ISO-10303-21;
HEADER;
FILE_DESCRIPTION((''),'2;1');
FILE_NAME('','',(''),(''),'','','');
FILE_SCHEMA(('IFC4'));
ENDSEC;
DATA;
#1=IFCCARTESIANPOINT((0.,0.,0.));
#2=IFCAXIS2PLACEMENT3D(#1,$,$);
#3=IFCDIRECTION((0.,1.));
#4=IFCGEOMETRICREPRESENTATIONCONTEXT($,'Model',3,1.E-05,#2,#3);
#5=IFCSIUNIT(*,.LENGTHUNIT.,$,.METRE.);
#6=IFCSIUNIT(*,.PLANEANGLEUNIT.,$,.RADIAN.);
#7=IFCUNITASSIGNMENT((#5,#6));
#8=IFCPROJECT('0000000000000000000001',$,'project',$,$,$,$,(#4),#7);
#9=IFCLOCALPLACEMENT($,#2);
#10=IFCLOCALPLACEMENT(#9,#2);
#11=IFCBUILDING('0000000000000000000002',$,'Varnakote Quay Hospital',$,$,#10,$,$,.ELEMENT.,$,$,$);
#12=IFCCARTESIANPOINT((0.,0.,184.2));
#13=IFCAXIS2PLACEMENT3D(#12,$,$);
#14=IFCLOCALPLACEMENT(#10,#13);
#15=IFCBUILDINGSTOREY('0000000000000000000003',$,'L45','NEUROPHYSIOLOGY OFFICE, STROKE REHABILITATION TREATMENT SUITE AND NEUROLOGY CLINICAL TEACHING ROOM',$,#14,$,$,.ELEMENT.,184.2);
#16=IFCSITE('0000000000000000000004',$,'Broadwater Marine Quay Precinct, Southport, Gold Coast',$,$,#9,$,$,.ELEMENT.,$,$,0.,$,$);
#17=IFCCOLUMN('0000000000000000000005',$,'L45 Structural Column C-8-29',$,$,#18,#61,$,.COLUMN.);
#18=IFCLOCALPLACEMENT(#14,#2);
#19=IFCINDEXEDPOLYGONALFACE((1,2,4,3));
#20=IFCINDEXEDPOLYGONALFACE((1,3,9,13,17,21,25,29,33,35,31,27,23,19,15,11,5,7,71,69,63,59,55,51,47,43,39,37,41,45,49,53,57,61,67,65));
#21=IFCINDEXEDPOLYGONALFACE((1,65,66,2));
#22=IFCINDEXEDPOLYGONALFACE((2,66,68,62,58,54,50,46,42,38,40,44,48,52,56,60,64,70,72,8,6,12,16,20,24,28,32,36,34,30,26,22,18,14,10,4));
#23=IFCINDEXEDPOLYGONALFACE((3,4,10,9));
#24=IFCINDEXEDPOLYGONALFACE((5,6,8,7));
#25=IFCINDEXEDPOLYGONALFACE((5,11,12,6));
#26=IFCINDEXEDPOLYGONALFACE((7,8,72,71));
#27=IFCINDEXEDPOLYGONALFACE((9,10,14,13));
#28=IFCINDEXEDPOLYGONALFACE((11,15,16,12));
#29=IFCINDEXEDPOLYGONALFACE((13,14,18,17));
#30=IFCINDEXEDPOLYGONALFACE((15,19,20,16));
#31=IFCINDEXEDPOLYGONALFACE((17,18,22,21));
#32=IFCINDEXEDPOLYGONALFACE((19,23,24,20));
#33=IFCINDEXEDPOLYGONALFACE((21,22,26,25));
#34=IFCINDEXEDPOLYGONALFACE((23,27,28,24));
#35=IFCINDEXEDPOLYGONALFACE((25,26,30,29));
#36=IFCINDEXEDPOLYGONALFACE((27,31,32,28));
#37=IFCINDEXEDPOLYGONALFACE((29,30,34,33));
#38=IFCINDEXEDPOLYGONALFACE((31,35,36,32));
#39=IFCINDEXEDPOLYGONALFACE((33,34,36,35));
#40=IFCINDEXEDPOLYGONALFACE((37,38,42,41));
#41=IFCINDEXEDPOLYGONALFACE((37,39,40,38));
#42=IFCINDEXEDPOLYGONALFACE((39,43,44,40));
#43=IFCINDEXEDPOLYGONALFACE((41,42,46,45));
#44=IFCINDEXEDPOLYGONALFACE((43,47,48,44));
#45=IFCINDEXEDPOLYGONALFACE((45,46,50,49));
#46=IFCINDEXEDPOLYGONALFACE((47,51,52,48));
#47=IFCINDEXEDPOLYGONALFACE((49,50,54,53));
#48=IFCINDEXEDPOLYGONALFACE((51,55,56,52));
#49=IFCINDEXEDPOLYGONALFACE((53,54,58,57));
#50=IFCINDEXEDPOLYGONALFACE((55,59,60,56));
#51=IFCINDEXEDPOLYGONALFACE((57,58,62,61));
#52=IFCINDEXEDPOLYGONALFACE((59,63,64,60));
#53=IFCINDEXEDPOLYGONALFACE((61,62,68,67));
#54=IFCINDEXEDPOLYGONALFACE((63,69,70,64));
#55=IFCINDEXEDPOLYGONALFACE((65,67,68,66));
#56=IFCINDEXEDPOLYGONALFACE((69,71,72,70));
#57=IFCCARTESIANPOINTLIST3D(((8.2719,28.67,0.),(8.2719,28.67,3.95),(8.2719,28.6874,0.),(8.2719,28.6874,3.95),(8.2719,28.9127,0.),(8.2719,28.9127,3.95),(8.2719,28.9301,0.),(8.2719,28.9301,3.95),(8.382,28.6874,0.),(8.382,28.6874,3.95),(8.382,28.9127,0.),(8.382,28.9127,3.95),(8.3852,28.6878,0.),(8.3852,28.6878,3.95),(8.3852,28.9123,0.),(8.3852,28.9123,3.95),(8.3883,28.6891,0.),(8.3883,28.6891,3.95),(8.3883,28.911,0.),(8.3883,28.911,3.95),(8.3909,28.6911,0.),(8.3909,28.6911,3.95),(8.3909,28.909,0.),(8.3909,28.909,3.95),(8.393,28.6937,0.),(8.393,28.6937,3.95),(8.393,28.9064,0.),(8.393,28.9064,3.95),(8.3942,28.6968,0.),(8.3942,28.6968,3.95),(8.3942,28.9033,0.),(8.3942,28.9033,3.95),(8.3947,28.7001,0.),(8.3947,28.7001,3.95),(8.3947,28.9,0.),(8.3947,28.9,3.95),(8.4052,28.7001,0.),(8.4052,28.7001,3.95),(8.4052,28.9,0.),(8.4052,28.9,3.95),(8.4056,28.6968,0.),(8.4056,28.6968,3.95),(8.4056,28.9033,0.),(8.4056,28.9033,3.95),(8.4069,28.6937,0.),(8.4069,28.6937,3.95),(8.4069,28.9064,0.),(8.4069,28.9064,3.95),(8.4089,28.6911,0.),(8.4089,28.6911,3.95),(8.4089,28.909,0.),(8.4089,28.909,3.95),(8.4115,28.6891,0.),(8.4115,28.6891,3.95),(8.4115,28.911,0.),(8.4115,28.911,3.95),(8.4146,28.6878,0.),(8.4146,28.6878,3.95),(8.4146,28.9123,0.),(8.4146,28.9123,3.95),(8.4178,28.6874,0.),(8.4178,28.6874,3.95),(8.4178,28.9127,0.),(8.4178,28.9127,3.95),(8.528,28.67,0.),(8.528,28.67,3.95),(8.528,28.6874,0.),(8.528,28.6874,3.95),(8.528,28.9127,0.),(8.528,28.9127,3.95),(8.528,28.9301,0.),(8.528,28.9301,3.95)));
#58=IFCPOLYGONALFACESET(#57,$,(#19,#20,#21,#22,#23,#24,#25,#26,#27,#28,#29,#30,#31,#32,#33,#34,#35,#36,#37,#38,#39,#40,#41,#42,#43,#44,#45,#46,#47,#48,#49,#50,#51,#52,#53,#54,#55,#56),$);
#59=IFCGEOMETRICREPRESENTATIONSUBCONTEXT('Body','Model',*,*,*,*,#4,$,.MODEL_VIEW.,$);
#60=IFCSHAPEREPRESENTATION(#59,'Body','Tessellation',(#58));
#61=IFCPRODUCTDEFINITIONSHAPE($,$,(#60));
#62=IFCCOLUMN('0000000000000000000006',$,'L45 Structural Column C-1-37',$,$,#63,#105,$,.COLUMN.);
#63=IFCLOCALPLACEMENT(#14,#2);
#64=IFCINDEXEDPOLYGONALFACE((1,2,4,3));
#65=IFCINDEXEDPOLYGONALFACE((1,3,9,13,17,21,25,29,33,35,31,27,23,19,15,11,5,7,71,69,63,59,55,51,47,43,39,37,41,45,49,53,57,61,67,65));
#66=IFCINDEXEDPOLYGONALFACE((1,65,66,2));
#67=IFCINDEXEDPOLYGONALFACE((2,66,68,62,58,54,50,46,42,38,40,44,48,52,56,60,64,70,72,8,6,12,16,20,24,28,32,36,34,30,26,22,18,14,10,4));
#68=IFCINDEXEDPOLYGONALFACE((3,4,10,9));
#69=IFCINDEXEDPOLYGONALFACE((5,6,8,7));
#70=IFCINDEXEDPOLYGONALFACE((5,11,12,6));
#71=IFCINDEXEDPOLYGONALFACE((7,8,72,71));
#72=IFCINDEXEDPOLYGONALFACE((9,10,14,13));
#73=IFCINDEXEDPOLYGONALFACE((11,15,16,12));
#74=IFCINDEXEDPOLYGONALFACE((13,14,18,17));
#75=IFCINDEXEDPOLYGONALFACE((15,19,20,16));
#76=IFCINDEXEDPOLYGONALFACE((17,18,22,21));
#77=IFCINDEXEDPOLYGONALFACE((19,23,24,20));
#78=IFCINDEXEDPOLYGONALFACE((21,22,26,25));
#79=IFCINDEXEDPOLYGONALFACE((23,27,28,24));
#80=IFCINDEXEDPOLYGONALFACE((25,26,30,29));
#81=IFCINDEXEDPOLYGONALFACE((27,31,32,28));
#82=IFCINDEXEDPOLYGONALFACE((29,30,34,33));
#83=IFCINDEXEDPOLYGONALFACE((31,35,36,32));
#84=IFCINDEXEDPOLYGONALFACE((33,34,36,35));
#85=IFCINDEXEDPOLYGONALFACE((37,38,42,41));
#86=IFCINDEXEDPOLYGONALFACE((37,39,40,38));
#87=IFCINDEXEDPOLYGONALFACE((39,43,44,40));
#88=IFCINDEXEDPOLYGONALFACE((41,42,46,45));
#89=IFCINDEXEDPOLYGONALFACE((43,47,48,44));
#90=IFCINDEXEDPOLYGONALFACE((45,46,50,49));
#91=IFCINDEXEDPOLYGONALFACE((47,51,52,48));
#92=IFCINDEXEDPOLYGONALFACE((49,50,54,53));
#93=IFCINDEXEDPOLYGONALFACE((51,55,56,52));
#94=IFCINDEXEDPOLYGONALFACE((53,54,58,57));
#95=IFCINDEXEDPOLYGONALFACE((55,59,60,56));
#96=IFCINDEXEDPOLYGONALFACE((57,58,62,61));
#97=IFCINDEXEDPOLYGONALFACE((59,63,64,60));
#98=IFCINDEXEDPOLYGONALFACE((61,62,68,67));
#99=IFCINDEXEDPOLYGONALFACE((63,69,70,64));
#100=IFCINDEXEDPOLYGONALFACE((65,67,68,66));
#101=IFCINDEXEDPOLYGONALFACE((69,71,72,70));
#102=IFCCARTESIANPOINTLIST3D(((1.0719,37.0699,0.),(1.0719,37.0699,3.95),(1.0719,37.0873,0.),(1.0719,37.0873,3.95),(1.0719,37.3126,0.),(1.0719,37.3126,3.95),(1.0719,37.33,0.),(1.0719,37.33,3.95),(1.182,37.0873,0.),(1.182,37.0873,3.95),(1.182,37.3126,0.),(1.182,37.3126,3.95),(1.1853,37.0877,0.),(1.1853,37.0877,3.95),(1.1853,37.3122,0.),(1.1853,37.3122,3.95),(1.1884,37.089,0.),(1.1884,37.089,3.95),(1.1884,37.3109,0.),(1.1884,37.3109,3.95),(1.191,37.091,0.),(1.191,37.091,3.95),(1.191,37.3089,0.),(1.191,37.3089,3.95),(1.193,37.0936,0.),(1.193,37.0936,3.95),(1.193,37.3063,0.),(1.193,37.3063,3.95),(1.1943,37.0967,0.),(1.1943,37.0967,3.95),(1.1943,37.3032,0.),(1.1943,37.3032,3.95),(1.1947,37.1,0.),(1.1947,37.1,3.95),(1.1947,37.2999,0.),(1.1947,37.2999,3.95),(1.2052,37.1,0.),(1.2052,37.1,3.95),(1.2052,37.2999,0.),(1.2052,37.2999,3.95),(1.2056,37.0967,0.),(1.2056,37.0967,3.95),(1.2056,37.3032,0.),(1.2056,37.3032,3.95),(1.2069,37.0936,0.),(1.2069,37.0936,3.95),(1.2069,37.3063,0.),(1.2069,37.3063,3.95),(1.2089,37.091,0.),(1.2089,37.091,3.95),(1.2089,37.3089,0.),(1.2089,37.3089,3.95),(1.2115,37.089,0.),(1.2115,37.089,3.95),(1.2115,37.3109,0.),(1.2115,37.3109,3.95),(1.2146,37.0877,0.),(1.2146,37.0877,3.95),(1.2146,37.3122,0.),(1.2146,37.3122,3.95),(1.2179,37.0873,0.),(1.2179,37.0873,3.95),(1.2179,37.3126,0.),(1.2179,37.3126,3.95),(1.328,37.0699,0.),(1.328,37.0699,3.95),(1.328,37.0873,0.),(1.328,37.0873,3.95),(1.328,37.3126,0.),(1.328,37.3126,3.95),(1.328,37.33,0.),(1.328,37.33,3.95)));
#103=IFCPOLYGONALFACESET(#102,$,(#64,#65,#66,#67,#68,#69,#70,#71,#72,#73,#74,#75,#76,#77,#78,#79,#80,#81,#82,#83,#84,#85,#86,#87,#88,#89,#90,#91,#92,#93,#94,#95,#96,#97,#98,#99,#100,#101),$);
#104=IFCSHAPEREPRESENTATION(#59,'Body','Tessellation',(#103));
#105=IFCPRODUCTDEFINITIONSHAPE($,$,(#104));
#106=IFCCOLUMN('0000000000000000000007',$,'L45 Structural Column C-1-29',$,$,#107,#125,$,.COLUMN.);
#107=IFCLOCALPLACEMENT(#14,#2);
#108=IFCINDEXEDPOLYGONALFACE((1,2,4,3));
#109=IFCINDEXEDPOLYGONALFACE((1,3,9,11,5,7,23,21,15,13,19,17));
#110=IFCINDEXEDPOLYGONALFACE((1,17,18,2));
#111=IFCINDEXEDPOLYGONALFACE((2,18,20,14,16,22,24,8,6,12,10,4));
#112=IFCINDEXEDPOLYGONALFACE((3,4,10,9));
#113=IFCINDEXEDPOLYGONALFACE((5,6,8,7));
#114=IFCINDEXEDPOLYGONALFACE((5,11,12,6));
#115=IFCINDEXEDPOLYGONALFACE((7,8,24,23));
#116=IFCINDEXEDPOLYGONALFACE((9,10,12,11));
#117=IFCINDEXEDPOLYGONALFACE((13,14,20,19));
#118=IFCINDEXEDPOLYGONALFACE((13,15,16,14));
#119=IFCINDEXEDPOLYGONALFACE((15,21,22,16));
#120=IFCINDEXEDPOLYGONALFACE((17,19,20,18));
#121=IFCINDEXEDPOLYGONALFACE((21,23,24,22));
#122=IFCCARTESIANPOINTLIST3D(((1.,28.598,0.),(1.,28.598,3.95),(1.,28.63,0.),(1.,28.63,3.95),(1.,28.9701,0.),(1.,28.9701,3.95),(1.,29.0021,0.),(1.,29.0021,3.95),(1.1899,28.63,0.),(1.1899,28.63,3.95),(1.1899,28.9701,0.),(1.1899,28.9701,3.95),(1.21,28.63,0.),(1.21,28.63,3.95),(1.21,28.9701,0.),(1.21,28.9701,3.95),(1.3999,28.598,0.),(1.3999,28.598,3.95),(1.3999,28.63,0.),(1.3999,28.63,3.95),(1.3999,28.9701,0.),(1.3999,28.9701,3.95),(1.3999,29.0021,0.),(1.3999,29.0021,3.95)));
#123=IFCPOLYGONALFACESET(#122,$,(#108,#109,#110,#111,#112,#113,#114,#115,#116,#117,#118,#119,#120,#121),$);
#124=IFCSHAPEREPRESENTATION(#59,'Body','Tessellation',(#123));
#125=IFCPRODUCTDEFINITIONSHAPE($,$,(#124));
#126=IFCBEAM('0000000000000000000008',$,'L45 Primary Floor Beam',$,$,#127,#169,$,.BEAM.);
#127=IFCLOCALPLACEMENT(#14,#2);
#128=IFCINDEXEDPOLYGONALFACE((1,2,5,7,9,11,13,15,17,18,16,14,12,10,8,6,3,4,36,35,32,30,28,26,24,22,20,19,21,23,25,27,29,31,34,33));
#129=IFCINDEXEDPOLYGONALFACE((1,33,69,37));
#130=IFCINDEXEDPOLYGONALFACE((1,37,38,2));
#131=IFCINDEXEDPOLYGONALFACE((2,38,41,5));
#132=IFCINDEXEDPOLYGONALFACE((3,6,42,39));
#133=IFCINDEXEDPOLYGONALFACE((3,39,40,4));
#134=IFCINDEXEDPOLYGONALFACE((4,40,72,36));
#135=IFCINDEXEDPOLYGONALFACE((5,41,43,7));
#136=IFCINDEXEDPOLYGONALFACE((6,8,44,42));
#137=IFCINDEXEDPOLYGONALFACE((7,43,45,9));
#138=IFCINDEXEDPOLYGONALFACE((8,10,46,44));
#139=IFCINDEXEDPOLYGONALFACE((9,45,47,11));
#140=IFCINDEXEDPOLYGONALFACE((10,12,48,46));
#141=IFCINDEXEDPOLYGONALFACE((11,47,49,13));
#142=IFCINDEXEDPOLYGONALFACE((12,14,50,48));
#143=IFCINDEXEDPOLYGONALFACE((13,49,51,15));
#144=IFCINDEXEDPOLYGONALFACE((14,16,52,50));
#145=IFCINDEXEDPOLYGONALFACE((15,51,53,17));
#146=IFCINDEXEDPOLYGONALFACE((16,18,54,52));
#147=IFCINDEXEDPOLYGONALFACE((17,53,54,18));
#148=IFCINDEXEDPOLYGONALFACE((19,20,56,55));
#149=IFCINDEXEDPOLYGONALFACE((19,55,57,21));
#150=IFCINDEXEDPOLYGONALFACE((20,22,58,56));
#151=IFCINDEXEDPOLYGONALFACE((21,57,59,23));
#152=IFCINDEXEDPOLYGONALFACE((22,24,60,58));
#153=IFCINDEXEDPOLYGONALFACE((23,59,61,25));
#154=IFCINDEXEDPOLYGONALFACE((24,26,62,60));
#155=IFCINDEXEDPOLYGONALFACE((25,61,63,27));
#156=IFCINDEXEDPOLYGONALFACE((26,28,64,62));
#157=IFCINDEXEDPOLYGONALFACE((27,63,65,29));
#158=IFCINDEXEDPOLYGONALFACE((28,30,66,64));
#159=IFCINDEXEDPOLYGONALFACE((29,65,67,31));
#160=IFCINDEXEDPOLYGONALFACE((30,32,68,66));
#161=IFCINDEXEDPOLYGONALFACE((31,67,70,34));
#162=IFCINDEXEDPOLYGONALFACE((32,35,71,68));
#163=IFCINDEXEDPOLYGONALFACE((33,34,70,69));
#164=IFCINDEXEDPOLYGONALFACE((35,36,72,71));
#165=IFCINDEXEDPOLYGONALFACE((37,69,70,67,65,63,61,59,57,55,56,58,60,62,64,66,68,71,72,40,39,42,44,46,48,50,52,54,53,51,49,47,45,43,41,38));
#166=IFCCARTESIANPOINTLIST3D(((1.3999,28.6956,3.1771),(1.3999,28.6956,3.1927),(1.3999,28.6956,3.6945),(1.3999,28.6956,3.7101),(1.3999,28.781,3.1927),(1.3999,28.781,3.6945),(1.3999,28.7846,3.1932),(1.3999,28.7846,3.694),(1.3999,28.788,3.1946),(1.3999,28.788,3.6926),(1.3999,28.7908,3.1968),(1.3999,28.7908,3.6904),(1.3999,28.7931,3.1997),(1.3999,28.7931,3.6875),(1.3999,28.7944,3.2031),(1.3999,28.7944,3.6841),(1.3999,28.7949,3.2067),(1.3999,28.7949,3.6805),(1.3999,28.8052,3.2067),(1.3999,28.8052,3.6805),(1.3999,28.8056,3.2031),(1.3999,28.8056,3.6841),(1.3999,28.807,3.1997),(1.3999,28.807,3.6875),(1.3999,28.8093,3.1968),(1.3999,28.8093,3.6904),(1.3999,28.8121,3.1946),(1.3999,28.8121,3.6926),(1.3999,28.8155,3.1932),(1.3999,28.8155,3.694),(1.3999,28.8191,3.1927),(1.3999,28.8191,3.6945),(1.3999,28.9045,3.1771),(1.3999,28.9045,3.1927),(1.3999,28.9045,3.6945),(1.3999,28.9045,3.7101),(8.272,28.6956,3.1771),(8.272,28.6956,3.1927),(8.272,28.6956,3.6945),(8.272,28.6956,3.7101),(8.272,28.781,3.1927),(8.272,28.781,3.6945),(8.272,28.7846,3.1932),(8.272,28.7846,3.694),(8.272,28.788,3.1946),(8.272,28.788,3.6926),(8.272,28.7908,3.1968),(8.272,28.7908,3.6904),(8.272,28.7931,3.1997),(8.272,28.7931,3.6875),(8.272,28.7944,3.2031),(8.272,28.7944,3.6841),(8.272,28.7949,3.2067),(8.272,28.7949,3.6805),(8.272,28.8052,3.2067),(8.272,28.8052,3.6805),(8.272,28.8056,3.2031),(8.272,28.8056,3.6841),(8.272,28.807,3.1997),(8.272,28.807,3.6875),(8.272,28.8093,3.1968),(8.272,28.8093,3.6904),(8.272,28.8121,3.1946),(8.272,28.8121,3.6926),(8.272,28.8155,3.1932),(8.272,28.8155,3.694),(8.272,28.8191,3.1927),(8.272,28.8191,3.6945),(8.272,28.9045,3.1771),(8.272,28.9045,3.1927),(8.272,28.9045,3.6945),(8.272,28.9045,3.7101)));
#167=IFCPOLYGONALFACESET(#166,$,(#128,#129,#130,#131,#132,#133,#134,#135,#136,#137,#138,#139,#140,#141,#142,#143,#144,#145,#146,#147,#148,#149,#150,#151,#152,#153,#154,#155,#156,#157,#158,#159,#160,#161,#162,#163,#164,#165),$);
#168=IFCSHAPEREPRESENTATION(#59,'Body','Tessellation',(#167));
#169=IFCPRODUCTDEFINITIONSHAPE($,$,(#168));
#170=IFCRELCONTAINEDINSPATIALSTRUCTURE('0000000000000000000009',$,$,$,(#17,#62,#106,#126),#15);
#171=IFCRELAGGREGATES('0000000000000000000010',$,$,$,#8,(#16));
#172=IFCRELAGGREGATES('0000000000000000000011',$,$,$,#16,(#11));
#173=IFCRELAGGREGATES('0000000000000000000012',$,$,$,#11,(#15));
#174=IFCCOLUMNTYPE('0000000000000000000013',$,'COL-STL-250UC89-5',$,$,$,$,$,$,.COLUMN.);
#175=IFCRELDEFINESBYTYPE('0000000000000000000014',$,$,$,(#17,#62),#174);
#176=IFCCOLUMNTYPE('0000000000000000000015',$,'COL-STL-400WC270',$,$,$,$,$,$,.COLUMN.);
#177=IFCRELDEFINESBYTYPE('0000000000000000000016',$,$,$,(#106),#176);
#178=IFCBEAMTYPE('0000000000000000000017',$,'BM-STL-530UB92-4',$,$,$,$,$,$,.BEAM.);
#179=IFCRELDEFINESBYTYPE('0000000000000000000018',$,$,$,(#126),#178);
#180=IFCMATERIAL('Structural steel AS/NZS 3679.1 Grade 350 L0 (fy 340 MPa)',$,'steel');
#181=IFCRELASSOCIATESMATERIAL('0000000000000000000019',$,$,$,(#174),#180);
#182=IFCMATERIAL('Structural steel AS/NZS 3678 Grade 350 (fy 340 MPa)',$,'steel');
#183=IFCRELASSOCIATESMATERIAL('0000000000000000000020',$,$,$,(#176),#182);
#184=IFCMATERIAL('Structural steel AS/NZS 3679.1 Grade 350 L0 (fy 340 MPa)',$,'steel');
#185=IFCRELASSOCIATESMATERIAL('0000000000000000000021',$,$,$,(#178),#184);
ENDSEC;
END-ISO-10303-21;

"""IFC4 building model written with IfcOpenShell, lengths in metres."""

from ifc_helpers import new_model, si_unit, direction, frame, origin, origin_2d, place, context, subcontext, project, spatial, i_section, extrude, material, material_profile, profile_set, type_object, element, save


model = new_model("IFC4")

# Units and contexts
model_context = context("Model", 3, precision=1e-05, world=origin(), true_north=direction((0.0, 1.0)))
body_context = subcontext(model_context, "Body", "Model", "MODEL_VIEW")
ifc_project = project(units=[si_unit("LENGTHUNIT", "METRE"), si_unit("PLANEANGLEUNIT", "RADIAN")], contexts=[model_context])

# Site, building, storey
site_placement = place(None, origin())
site = spatial("IfcSite", under=ifc_project, at=site_placement, Name="Broadwater Marine Quay Precinct, Southport, Gold Coast", CompositionType="ELEMENT", RefElevation=0.0)
building_placement = place(site_placement, origin())
building = spatial("IfcBuilding", under=site, at=building_placement, Name="Varnakote Quay Hospital", CompositionType="ELEMENT")
storey_placement = place(building_placement, frame((0.0, 0.0, 184.2)))
storey = spatial("IfcBuildingStorey", under=building, at=storey_placement, Name="L45", Description="NEUROPHYSIOLOGY OFFICE, STROKE REHABILITATION TREATMENT SUITE AND NEUROLOGY CLINICAL TEACHING ROOM", CompositionType="ELEMENT", Elevation=184.2)

# Columns
ifc_material_1 = material(Name="Structural steel AS/NZS 3679.1 Grade 350 L0 (fy 340 MPa)", Category="steel")
ifc_material_profile_1 = material_profile(ifc_material_1, i_section(OverallWidth=0.2561, OverallDepth=0.26, WebThickness=0.0105, FlangeThickness=0.0173, FilletRadius=0.0127, at=origin_2d()), Name="250UC89.5")
ifc_profile_set_1 = profile_set([ifc_material_profile_1], Name="Structural steel AS/NZS 3679.1 Grade 350 L0 (fy 340 MPa)")
column_type_1 = type_object("IfcColumnType", Name="COL-STL-250UC89-5", PredefinedType="COLUMN", material=ifc_profile_set_1)
for number, where, z_axis, x_axis, name in (
    (1, (8.3999, 28.8, 0.0), (0.0, 0.0, 1.0), (1.0, 0.0, 0.0), "L45 Structural Column C-8-29"),
    (2, (1.2, 37.2, 0.0), (0.0, 0.0, 1.0), (1.0, 0.0, 0.0), "L45 Structural Column C-1-37"),
):
    element("IfcColumn", number, at=place(storey_placement, frame(where, z_axis=z_axis, x_axis=x_axis)), inside=storey, type_object=column_type_1, Name=name, PredefinedType="COLUMN", context=body_context, shape_type="SweptSolid", body=[
        extrude(i_section(OverallWidth=0.2561, OverallDepth=0.26, WebThickness=0.0105, FlangeThickness=0.0173, FilletRadius=0.0127, at=origin_2d()), origin(), (0.0, 0.0, 1.0), 3.95),
    ])
ifc_material_2 = material(Name="Structural steel AS/NZS 3678 Grade 350 (fy 340 MPa)", Category="steel")
ifc_material_profile_2 = material_profile(ifc_material_2, i_section(OverallWidth=0.3999, OverallDepth=0.4041, WebThickness=0.02, FlangeThickness=0.032, at=origin_2d()), Name="400WC270")
ifc_profile_set_2 = profile_set([ifc_material_profile_2], Name="Structural steel AS/NZS 3678 Grade 350 (fy 340 MPa)")
column_type_2 = type_object("IfcColumnType", Name="COL-STL-400WC270", PredefinedType="COLUMN", material=ifc_profile_set_2)
column_placement = place(storey_placement, frame((1.2, 28.8, 0.0), z_axis=(0.0, 0.0, 1.0), x_axis=(1.0, 0.0, 0.0)))
element("IfcColumn", 3, at=column_placement, inside=storey, type_object=column_type_2, Name="L45 Structural Column C-1-29", PredefinedType="COLUMN", context=body_context, shape_type="SweptSolid", body=[
    extrude(i_section(OverallWidth=0.3999, OverallDepth=0.4041, WebThickness=0.02, FlangeThickness=0.032, at=origin_2d()), origin(), (0.0, 0.0, 1.0), 3.95),
])

# Beam
ifc_material_3 = material(Name="Structural steel AS/NZS 3679.1 Grade 350 L0 (fy 340 MPa)", Category="steel")
ifc_material_profile_3 = material_profile(ifc_material_3, i_section(OverallWidth=0.209, OverallDepth=0.533, WebThickness=0.0103, FlangeThickness=0.0156, FilletRadius=0.0139, at=origin_2d()), Name="530UB92.4")
ifc_profile_set_3 = profile_set([ifc_material_profile_3], Name="Structural steel AS/NZS 3679.1 Grade 350 L0 (fy 340 MPa)")
beam_type_1 = type_object("IfcBeamType", Name="BM-STL-530UB92-4", PredefinedType="BEAM", material=ifc_profile_set_3)
beam_1_placement = place(storey_placement, frame((1.3999, 28.8, 3.4436), z_axis=(1.0, 0.0, 0.0), x_axis=(0.0, 1.0, 0.0)))
element("IfcBeam", 4, at=beam_1_placement, inside=storey, type_object=beam_type_1, Name="L45 Primary Floor Beam", PredefinedType="BEAM", context=body_context, shape_type="SweptSolid", body=[
    extrude(i_section(OverallWidth=0.209, OverallDepth=0.533, WebThickness=0.0103, FlangeThickness=0.0156, FilletRadius=0.0139, at=origin_2d()), origin(), (0.0, 0.0, 1.0), 6.8721),
])

save(model, "model.ifc")
